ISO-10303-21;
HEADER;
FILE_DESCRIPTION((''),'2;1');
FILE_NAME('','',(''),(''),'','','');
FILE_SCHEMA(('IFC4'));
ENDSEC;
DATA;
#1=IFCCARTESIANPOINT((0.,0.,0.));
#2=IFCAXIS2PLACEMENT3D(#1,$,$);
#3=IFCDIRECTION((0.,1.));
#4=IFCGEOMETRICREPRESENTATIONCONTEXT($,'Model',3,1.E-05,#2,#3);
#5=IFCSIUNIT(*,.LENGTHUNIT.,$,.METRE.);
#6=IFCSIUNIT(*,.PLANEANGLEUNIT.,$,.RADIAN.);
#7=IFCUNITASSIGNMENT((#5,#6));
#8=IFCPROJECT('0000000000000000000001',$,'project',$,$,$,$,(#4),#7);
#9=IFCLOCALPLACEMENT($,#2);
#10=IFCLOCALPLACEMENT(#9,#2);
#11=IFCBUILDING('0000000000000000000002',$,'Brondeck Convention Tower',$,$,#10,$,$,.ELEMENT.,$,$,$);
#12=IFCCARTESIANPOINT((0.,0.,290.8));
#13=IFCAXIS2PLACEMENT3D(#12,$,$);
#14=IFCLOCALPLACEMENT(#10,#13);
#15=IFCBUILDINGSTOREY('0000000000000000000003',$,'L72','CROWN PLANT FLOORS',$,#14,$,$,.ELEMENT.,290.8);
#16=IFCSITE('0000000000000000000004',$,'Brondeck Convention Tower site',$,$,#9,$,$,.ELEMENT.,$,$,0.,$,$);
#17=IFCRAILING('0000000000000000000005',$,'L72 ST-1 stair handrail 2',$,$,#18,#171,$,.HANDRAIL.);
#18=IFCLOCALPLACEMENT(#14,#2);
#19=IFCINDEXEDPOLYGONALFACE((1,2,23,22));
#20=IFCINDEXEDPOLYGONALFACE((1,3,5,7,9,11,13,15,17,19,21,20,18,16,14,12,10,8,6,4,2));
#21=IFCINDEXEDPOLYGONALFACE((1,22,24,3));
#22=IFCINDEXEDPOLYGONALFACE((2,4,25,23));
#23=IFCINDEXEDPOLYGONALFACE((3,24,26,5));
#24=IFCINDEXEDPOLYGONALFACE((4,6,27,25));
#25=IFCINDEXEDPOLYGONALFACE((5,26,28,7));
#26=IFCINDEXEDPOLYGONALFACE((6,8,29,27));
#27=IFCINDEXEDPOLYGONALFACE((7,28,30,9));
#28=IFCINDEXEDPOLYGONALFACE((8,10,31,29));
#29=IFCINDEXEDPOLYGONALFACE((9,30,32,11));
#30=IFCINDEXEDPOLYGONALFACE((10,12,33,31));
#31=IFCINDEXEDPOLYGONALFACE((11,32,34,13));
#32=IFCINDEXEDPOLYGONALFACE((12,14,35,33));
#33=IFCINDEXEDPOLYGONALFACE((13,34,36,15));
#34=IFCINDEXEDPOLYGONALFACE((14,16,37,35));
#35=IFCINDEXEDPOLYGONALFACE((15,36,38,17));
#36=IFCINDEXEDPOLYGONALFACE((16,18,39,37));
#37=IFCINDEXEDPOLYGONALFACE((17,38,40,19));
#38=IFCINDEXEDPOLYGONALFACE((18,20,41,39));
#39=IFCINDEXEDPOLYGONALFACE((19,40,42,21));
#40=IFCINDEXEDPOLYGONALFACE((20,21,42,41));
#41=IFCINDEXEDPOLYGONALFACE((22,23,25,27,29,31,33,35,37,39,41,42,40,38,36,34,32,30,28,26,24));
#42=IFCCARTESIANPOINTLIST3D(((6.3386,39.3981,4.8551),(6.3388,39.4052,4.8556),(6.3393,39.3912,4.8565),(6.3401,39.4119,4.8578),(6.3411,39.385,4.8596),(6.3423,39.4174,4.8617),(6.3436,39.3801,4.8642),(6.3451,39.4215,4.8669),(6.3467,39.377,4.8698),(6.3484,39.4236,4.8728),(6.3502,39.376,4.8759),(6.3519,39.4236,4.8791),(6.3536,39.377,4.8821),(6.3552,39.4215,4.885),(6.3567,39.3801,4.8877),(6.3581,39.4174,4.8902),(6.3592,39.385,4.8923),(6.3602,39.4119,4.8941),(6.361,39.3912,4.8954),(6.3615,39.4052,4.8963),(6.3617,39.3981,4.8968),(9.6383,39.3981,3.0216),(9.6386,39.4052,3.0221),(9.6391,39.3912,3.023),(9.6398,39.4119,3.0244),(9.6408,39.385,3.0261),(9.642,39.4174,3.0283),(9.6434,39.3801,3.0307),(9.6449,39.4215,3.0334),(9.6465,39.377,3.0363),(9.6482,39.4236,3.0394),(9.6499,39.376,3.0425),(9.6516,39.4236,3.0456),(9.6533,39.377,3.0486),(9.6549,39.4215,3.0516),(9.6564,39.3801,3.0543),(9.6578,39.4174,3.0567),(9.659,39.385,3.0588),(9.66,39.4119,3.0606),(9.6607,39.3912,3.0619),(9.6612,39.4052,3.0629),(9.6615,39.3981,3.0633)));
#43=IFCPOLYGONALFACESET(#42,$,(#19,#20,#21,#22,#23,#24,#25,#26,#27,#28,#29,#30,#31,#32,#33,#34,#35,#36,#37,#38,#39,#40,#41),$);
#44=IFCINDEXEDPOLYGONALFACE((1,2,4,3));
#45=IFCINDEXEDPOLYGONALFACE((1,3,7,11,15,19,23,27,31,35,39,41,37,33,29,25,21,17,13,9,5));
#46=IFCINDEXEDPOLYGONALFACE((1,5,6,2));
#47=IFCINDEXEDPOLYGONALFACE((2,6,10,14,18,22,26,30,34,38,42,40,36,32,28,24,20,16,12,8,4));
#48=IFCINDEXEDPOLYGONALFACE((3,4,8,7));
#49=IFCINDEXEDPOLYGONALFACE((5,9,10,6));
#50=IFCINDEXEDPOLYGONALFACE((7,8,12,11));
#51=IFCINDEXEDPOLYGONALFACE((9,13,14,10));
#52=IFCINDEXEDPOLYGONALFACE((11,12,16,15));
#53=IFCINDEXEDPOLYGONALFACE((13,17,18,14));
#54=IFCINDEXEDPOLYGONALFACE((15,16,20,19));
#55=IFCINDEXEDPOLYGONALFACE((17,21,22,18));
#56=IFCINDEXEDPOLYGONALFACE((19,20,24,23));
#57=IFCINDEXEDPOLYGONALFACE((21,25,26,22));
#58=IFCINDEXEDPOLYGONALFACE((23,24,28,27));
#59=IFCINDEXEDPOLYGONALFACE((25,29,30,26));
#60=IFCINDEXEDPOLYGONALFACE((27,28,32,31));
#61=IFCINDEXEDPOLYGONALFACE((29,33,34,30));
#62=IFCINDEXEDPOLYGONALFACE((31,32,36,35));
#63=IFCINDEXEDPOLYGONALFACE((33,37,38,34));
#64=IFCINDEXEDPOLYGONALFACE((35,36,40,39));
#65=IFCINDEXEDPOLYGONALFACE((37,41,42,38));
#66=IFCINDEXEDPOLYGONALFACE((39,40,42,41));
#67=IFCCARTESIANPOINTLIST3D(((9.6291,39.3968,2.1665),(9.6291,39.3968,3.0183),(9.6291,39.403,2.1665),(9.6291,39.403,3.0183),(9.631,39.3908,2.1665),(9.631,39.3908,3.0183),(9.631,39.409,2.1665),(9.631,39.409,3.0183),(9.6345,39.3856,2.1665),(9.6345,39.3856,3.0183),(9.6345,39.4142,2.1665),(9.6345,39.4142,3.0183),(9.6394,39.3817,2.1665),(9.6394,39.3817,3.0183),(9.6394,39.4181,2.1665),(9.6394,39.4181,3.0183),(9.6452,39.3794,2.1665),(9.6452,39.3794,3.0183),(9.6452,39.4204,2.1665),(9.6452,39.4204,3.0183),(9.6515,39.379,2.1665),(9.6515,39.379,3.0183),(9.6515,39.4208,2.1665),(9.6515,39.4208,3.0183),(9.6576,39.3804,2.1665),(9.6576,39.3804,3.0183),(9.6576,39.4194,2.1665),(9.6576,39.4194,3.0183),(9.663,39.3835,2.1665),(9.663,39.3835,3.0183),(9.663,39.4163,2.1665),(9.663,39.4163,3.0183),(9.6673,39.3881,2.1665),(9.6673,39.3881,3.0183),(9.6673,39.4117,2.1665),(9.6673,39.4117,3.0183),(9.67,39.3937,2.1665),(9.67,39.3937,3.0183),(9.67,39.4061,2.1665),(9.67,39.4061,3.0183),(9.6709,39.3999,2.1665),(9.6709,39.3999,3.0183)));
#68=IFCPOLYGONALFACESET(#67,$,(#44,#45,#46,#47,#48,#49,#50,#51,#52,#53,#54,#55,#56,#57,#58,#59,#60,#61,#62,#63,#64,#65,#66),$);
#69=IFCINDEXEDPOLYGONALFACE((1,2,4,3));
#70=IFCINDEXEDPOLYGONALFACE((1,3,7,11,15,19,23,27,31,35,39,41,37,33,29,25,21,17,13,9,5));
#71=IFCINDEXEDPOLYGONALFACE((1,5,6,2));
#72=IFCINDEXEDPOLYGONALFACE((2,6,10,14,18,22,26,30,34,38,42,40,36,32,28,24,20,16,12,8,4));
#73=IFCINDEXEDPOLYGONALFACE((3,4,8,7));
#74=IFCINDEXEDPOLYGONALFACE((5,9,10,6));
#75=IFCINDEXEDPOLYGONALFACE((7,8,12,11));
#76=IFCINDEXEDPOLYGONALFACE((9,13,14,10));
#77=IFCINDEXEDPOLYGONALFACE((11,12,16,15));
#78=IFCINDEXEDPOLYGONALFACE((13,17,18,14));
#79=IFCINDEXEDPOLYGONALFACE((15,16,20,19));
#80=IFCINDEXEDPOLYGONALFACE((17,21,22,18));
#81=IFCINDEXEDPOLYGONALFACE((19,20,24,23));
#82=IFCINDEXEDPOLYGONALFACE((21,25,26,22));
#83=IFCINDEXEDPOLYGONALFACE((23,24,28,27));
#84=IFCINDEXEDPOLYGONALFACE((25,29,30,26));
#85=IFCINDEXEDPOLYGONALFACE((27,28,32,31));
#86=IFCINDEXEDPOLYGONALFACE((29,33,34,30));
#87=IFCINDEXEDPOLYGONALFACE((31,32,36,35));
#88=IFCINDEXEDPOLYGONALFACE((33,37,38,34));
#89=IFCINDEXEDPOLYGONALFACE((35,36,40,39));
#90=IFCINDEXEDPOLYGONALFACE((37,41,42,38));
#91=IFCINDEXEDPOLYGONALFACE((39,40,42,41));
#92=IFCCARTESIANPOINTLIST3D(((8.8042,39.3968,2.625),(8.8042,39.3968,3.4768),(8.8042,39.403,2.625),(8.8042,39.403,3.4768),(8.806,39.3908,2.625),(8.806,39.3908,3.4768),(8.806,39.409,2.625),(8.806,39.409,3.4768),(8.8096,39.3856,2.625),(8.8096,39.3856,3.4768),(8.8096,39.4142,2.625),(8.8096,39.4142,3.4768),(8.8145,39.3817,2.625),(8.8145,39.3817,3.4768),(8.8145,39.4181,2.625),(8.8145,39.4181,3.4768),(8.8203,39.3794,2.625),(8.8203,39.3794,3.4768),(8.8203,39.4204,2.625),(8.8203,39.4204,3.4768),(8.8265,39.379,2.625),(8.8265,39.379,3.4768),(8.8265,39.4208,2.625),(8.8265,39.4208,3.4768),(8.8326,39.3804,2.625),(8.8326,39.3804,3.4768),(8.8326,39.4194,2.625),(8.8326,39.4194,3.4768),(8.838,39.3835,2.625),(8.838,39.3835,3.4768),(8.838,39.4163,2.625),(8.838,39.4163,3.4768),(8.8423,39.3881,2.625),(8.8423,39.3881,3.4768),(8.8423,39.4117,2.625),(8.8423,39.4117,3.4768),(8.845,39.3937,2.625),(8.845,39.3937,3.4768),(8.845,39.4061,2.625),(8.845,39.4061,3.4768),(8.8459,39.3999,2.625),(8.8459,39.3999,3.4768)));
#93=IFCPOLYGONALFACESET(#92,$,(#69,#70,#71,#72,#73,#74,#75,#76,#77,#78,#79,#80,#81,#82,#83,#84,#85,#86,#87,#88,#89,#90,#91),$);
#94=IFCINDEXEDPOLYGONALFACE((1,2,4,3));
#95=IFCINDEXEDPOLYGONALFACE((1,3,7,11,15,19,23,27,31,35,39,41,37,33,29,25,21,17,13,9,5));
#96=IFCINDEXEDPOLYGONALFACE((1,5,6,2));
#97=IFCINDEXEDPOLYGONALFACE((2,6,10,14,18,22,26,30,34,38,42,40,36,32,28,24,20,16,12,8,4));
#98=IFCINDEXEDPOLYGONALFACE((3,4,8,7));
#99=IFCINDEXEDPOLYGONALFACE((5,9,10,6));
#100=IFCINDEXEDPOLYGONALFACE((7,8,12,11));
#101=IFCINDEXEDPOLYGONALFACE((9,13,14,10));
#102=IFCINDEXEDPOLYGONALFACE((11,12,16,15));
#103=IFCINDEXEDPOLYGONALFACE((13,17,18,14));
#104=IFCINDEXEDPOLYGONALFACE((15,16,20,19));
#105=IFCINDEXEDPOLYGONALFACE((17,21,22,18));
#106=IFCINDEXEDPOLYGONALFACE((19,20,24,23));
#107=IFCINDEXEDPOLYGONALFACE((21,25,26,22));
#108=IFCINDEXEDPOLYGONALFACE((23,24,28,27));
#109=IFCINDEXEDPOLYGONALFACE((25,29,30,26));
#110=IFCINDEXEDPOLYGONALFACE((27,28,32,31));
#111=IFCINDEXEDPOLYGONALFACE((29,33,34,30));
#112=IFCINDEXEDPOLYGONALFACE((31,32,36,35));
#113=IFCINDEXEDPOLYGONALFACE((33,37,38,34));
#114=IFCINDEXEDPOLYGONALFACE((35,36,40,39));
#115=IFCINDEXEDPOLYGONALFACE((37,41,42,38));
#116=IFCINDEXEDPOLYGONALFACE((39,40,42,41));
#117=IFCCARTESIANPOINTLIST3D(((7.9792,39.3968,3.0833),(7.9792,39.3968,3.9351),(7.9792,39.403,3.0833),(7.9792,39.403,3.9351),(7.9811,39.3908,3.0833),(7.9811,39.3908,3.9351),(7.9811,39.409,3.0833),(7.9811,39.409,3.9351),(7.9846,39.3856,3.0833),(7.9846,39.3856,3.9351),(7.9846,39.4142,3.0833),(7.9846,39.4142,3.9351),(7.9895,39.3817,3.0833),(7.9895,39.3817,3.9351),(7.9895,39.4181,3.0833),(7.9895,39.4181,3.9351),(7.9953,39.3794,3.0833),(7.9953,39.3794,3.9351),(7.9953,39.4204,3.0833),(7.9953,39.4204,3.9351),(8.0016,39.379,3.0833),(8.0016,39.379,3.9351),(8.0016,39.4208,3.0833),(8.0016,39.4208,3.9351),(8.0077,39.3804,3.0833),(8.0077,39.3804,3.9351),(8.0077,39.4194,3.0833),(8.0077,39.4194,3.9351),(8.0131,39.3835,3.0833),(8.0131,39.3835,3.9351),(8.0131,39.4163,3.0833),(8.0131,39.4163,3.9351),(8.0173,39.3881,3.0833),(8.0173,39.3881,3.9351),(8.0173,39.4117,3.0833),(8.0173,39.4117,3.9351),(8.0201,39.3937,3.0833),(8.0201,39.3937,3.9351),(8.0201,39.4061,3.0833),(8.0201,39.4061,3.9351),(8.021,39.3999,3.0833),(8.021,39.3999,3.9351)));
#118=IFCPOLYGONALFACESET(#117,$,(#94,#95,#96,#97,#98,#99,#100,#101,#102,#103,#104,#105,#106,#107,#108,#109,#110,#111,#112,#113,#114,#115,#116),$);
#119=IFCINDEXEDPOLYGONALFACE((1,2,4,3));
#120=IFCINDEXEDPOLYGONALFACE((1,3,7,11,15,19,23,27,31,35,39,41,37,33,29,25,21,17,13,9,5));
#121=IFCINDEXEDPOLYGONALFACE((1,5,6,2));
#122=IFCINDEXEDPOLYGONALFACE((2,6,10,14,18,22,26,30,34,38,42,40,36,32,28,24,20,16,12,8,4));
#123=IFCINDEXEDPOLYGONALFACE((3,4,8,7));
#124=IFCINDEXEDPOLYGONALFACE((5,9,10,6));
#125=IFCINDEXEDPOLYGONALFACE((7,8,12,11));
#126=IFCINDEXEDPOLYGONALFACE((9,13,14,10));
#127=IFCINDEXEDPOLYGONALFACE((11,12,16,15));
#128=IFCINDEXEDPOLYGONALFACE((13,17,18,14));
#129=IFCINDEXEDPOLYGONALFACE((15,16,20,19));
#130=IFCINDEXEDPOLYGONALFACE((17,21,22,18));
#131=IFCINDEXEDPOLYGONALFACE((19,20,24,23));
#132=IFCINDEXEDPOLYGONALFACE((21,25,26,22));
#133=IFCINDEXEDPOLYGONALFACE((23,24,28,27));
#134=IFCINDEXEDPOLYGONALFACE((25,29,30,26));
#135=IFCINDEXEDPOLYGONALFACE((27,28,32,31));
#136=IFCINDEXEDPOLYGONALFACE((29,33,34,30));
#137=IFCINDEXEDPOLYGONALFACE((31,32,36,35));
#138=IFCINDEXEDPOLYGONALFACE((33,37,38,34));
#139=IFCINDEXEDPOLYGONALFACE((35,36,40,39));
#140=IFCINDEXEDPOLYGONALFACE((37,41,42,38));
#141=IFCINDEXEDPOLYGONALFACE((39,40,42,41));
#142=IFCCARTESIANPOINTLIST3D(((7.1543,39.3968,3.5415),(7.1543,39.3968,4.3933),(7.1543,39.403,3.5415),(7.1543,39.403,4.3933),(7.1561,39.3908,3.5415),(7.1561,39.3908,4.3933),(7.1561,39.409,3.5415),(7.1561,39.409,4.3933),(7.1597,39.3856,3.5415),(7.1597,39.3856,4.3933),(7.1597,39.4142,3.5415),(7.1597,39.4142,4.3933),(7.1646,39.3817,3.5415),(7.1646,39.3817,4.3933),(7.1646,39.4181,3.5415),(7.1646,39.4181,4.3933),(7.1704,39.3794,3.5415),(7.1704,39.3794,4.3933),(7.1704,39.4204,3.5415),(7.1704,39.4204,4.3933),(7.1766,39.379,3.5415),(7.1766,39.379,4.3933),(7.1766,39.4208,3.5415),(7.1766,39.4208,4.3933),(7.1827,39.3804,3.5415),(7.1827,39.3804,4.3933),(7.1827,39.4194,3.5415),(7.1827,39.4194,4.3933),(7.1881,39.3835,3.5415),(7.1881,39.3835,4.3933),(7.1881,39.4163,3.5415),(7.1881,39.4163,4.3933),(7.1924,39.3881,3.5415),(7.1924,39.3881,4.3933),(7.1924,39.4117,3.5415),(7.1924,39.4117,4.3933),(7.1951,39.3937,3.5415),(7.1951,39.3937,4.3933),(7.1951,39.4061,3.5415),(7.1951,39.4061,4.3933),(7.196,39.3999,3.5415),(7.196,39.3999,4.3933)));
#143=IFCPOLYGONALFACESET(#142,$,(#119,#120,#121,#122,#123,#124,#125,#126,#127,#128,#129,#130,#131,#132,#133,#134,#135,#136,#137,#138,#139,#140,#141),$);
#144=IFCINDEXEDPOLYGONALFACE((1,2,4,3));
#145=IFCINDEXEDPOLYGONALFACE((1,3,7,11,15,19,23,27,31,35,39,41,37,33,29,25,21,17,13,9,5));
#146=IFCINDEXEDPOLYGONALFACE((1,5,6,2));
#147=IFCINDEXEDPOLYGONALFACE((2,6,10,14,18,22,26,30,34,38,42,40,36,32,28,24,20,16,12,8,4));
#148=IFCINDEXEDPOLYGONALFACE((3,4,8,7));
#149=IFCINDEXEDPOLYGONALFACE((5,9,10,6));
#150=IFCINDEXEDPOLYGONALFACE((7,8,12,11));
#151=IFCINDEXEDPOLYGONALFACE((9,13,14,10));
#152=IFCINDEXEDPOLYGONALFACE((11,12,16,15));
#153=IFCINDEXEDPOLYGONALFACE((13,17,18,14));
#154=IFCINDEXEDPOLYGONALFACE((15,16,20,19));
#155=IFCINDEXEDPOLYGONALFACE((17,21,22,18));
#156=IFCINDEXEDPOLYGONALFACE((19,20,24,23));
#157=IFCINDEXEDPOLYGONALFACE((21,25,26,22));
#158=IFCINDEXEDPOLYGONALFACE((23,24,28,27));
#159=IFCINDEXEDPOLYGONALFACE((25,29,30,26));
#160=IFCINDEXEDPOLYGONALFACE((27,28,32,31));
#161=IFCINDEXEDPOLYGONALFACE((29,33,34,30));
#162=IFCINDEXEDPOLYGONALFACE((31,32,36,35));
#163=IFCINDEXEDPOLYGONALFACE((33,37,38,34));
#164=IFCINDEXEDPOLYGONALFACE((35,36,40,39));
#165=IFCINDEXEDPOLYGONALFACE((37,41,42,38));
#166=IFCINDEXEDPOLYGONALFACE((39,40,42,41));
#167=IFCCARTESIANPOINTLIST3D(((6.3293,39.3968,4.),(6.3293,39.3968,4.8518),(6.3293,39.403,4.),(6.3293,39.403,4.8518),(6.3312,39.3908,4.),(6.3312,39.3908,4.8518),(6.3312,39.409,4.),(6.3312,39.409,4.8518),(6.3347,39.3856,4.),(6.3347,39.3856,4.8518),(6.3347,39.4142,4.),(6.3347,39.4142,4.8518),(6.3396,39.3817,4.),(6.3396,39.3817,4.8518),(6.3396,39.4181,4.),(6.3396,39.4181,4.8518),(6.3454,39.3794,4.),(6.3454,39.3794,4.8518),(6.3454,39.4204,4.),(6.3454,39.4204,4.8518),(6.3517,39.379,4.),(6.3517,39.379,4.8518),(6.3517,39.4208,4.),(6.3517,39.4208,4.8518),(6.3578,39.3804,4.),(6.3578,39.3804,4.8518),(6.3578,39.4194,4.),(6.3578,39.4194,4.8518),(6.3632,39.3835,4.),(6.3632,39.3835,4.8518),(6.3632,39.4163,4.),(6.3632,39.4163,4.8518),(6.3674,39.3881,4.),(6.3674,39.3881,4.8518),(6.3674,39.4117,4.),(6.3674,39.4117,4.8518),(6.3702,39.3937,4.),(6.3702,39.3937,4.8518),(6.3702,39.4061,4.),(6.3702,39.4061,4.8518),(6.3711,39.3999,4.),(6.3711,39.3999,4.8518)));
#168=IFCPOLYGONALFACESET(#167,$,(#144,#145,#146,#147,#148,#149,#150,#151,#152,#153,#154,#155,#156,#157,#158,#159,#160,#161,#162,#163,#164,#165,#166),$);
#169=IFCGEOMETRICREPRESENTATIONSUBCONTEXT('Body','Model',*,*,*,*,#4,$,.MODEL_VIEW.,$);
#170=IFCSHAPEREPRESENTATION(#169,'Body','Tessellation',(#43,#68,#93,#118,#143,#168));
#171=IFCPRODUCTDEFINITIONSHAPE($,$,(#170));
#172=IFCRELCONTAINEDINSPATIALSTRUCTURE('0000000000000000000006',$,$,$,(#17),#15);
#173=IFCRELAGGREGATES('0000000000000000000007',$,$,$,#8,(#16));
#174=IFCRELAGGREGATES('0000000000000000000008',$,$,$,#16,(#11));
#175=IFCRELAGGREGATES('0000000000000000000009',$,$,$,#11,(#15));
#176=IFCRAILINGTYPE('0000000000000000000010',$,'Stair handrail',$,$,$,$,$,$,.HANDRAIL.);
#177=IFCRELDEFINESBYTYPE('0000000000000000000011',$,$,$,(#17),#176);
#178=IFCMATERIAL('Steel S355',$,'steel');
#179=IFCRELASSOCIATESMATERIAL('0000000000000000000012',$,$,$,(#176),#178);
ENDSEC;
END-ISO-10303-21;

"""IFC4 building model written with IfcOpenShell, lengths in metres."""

from ifc_helpers import new_model, si_unit, direction, frame, origin, origin_2d, place, context, subcontext, project, spatial, circle, extrude, material, type_object, element, save


model = new_model("IFC4")

# Units and contexts
model_context = context("Model", 3, precision=1e-05, world=origin(), true_north=direction((0.0, 1.0)))
body_context = subcontext(model_context, "Body", "Model", "MODEL_VIEW")
ifc_project = project(units=[si_unit("LENGTHUNIT", "METRE"), si_unit("PLANEANGLEUNIT", "RADIAN")], contexts=[model_context])

# Site, building, storey
site_placement = place(None, origin())
site = spatial("IfcSite", under=ifc_project, at=site_placement, Name="Brondeck Convention Tower site", CompositionType="ELEMENT", RefElevation=0.0)
building_placement = place(site_placement, origin())
building = spatial("IfcBuilding", under=site, at=building_placement, Name="Brondeck Convention Tower", CompositionType="ELEMENT")
storey_placement = place(building_placement, frame((0.0, 0.0, 290.8)))
storey = spatial("IfcBuildingStorey", under=building, at=storey_placement, Name="L72", Description="CROWN PLANT FLOORS", CompositionType="ELEMENT", Elevation=290.8)

# Railing
ifc_material_1 = material(Name="Steel S355", Category="steel")
railing_type_1 = type_object("IfcRailingType", Name="Stair handrail", PredefinedType="HANDRAIL", material=ifc_material_1)
railing_1_placement = place(storey_placement, frame((9.6499, 39.3999, 2.1665)))
element("IfcRailing", 1, at=railing_1_placement, inside=storey, type_object=railing_type_1, Name="L72 ST-1 stair handrail 2", PredefinedType="HANDRAIL", context=body_context, shape_type="SweptSolid", body=[
    extrude(circle(Radius=0.0239, at=origin_2d()), frame((0.0, 0.0, 0.876), z_axis=(-0.874127, 0.0, 0.485698), x_axis=(0.0, -1.0, 0.0)), (0.0, 0.0, 1.0), 3.7749),
    extrude(circle(Radius=0.021, at=origin_2d()), origin(), (0.0, 0.0, 1.0), 0.8518),
    extrude(circle(Radius=0.021, at=origin_2d()), frame((-0.825, 0.0, 0.4585)), (0.0, 0.0, 1.0), 0.8518),
    extrude(circle(Radius=0.021, at=origin_2d()), frame((-1.6499, 0.0, 0.9167)), (0.0, 0.0, 1.0), 0.8518),
    extrude(circle(Radius=0.021, at=origin_2d()), frame((-2.4749, 0.0, 1.375)), (0.0, 0.0, 1.0), 0.8518),
    extrude(circle(Radius=0.021, at=origin_2d()), frame((-3.2998, 0.0, 1.8335)), (0.0, 0.0, 1.0), 0.8518),
])

save(model, "model.ifc")
